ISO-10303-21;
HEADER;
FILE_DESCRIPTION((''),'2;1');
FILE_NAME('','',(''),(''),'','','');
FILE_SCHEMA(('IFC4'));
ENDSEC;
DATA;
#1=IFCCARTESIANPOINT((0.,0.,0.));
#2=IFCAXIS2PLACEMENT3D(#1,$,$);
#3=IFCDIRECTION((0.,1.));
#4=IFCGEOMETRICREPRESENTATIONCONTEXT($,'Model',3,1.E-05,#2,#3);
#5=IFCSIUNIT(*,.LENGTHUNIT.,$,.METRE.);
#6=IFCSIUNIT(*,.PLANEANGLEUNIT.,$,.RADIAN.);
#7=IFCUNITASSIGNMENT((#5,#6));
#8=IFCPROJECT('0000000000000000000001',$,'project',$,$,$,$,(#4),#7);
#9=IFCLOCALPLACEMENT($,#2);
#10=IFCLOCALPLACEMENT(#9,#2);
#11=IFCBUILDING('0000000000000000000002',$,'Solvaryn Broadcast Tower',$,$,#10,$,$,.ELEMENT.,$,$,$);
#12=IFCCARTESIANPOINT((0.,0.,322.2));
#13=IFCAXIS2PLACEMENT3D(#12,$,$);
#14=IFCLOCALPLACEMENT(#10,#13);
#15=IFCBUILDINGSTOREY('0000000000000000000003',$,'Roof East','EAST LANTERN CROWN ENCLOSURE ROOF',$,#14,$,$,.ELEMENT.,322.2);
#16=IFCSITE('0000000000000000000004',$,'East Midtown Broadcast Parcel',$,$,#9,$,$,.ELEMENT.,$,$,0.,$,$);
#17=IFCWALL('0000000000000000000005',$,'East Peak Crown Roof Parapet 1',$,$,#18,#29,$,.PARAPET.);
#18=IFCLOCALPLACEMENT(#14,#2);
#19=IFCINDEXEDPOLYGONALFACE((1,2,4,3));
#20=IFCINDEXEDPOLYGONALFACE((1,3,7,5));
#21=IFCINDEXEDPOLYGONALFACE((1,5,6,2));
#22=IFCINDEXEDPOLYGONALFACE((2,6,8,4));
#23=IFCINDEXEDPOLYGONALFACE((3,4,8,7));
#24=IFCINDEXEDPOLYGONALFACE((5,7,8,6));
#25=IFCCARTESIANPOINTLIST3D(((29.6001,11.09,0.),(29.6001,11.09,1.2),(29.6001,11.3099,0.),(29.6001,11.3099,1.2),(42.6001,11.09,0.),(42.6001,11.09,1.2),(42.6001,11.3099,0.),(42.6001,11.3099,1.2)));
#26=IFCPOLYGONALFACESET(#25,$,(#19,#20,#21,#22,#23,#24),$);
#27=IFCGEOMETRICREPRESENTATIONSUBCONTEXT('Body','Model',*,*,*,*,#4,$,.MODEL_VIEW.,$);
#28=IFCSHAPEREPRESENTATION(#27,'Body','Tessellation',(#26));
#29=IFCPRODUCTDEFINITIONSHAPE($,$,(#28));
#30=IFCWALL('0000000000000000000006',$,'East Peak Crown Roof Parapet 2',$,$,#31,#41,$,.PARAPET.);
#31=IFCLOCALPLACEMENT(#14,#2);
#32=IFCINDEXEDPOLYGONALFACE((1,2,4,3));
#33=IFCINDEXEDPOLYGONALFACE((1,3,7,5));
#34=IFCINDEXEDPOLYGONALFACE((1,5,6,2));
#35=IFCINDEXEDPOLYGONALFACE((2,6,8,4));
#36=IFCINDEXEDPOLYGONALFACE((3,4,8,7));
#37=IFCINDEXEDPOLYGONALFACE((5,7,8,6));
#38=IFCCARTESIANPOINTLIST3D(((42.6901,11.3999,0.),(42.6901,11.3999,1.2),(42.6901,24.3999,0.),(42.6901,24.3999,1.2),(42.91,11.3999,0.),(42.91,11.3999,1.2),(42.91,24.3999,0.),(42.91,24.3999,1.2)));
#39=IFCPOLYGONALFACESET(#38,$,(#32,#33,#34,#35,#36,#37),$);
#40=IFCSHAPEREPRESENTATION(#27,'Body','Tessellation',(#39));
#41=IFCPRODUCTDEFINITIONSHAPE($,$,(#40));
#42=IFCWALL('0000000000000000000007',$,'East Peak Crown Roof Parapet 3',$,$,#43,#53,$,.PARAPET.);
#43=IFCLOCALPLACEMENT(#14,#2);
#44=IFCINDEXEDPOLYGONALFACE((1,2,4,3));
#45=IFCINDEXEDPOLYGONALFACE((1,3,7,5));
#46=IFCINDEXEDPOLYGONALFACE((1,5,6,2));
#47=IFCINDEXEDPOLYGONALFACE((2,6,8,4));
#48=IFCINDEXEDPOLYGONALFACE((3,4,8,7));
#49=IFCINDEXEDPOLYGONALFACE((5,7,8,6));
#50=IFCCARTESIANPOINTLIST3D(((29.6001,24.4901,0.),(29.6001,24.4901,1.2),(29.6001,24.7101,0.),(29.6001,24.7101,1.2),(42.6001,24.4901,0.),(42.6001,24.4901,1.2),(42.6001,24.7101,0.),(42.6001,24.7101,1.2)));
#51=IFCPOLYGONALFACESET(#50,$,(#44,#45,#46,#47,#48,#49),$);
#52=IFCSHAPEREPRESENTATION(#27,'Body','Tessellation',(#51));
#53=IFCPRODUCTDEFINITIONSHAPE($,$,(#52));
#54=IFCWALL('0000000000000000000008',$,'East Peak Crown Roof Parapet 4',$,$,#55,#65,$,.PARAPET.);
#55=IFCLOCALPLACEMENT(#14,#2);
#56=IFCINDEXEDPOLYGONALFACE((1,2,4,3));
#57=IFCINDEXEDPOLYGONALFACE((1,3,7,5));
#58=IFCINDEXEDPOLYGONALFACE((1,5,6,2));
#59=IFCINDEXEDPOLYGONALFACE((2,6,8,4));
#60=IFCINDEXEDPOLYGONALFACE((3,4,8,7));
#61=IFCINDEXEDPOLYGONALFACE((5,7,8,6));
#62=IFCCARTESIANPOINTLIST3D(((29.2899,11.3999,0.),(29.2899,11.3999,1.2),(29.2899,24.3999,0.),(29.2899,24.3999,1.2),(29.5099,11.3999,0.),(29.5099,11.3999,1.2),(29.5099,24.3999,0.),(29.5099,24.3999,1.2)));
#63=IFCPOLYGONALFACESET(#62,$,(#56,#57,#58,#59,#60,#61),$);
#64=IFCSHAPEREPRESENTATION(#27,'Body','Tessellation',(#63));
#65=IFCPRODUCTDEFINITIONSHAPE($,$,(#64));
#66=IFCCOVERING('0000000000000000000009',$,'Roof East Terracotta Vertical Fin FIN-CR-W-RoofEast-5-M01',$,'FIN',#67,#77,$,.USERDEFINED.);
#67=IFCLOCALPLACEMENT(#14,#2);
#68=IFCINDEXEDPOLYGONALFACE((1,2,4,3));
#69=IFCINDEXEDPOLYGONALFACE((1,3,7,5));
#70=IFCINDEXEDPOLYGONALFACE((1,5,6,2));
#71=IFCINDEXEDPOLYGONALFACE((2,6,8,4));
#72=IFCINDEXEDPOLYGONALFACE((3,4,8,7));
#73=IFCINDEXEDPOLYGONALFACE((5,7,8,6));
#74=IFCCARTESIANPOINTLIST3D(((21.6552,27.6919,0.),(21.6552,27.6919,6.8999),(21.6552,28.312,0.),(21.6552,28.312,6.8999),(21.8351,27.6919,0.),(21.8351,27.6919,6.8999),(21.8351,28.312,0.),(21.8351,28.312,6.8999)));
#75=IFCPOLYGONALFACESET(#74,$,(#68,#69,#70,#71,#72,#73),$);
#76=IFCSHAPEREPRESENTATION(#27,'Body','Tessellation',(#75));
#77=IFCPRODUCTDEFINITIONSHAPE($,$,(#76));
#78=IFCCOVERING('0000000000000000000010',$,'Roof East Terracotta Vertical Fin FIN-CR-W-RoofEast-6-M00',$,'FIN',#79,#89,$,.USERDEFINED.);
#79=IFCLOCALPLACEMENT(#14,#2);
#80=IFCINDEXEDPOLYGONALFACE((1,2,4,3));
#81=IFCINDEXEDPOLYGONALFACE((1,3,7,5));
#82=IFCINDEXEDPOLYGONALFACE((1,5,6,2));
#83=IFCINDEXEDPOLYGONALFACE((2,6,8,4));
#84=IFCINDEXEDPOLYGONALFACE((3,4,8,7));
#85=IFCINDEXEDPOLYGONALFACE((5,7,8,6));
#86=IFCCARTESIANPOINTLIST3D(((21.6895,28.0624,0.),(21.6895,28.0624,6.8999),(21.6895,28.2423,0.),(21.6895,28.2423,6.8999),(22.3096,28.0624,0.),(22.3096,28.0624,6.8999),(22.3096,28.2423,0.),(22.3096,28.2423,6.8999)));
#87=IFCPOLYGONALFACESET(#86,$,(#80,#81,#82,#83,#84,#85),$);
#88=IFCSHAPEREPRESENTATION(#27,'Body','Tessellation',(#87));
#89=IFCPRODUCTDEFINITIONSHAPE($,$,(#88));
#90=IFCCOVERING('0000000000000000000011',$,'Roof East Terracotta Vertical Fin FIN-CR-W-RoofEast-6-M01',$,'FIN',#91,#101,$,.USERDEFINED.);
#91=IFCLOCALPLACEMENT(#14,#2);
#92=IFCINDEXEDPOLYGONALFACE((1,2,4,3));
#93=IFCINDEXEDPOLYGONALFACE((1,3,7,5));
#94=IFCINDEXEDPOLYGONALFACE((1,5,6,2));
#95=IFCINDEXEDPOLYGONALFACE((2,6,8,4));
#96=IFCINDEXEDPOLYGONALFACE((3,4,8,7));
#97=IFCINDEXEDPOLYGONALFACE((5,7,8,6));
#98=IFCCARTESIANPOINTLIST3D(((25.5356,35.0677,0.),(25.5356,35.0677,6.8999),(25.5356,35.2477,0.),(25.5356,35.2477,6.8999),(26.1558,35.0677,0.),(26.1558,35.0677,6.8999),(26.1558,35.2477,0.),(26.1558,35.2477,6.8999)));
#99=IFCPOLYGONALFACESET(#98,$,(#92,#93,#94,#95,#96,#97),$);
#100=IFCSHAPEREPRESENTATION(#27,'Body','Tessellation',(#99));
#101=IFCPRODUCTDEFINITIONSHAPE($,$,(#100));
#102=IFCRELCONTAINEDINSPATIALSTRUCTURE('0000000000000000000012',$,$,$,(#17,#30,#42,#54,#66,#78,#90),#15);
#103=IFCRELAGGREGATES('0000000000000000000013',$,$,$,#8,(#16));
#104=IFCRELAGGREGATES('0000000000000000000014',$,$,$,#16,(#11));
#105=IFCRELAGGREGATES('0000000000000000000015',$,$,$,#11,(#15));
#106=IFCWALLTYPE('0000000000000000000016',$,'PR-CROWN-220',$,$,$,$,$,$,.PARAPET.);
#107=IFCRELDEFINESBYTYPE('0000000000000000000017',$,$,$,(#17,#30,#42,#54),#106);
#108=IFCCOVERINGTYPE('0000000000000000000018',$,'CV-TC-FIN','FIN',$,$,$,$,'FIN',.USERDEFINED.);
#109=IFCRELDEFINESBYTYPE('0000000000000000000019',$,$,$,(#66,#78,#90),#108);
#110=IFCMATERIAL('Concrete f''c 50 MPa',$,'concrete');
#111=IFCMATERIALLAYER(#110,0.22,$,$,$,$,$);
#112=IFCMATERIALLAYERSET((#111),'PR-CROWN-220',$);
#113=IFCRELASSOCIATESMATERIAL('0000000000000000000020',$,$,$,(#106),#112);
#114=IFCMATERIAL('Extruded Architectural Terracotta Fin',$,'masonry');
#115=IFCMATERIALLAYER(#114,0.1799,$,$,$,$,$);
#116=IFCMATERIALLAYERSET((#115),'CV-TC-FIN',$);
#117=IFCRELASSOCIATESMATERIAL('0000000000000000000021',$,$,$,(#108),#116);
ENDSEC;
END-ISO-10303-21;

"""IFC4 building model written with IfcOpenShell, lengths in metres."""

from ifc_helpers import new_model, si_unit, direction, frame, frame_2d, origin, origin_2d, place, context, subcontext, project, spatial, rectangle, extrude, material, layer, layer_set, type_object, element, save


model = new_model("IFC4")

# Units and contexts
model_context = context("Model", 3, precision=1e-05, world=origin(), true_north=direction((0.0, 1.0)))
body_context = subcontext(model_context, "Body", "Model", "MODEL_VIEW")
ifc_project = project(units=[si_unit("LENGTHUNIT", "METRE"), si_unit("PLANEANGLEUNIT", "RADIAN")], contexts=[model_context])

# Site, building, storey
site_placement = place(None, origin())
site = spatial("IfcSite", under=ifc_project, at=site_placement, Name="East Midtown Broadcast Parcel", CompositionType="ELEMENT", RefElevation=0.0)
building_placement = place(site_placement, origin())
building = spatial("IfcBuilding", under=site, at=building_placement, Name="Solvaryn Broadcast Tower", CompositionType="ELEMENT")
storey_placement = place(building_placement, frame((0.0, 0.0, 322.2)))
storey = spatial("IfcBuildingStorey", under=building, at=storey_placement, Name="Roof East", Description="EAST LANTERN CROWN ENCLOSURE ROOF", CompositionType="ELEMENT", Elevation=322.2)

# Walls
ifc_material_1 = material(Name="Concrete f'c 50 MPa", Category="concrete")
ifc_layer_1 = layer(ifc_material_1, 0.22)
ifc_layer_set_1 = layer_set([ifc_layer_1], Name="PR-CROWN-220")
wall_type = type_object("IfcWallType", Name="PR-CROWN-220", PredefinedType="PARAPET", material=ifc_layer_set_1)
for number, where, z_axis, x_axis, name in (
    (1, (29.6001, 11.2, 0.0), (0.0, 0.0, 1.0), (1.0, 0.0, 0.0), "East Peak Crown Roof Parapet 1"),
    (2, (42.8, 11.3999, 0.0), (0.0, 0.0, 1.0), (0.0, 1.0, 0.0), "East Peak Crown Roof Parapet 2"),
    (3, (42.6001, 24.6001, 0.0), (0.0, 0.0, 1.0), (-1.0, 0.0, 0.0), "East Peak Crown Roof Parapet 3"),
    (4, (29.3999, 24.3999, 0.0), (0.0, 0.0, 1.0), (0.0, -1.0, 0.0), "East Peak Crown Roof Parapet 4"),
):
    element("IfcWall", number, at=place(storey_placement, frame(where, z_axis=z_axis, x_axis=x_axis)), inside=storey, type_object=wall_type, Name=name, PredefinedType="PARAPET", context=body_context, shape_type="SweptSolid", body=[
        extrude(rectangle(XDim=13.0, YDim=0.22, at=frame_2d((6.5, 0.0))), origin(), (0.0, 0.0, 1.0), 1.2),
    ])

# Coverings
ifc_material_2 = material(Name="Extruded Architectural Terracotta Fin", Category="masonry")
ifc_layer_2 = layer(ifc_material_2, 0.1799)
ifc_layer_set_2 = layer_set([ifc_layer_2], Name="CV-TC-FIN")
covering_type = type_object("IfcCoveringType", Name="CV-TC-FIN", Description="FIN", ElementType="FIN", PredefinedType="USERDEFINED", material=ifc_layer_set_2)
covering_placement = place(storey_placement, frame((21.7451, 28.002, 0.0), z_axis=(0.0, 0.0, 1.0), x_axis=(1.0, 0.0, 0.0)))
element("IfcCovering", 5, at=covering_placement, inside=storey, type_object=covering_type, Name="Roof East Terracotta Vertical Fin FIN-CR-W-RoofEast-5-M01", ObjectType="FIN", PredefinedType="USERDEFINED", context=body_context, shape_type="SweptSolid", body=[
    extrude(rectangle(XDim=0.1799, YDim=0.6201, at=origin_2d()), origin(), (0.0, 0.0, 1.0), 6.8999),
])
for number, where, z_axis, x_axis, name in (
    (6, (21.9995, 28.1523, 0.0), (0.0, 0.0, 1.0), (1.0, 0.0, 0.0), "Roof East Terracotta Vertical Fin FIN-CR-W-RoofEast-6-M00"),
    (7, (25.8457, 35.1577, 0.0), (0.0, 0.0, 1.0), (1.0, 0.0, 0.0), "Roof East Terracotta Vertical Fin FIN-CR-W-RoofEast-6-M01"),
):
    element("IfcCovering", number, at=place(storey_placement, frame(where, z_axis=z_axis, x_axis=x_axis)), inside=storey, type_object=covering_type, Name=name, ObjectType="FIN", PredefinedType="USERDEFINED", context=body_context, shape_type="SweptSolid", body=[
        extrude(rectangle(XDim=0.6201, YDim=0.1799, at=origin_2d()), origin(), (0.0, 0.0, 1.0), 6.8999),
    ])

save(model, "model.ifc")
